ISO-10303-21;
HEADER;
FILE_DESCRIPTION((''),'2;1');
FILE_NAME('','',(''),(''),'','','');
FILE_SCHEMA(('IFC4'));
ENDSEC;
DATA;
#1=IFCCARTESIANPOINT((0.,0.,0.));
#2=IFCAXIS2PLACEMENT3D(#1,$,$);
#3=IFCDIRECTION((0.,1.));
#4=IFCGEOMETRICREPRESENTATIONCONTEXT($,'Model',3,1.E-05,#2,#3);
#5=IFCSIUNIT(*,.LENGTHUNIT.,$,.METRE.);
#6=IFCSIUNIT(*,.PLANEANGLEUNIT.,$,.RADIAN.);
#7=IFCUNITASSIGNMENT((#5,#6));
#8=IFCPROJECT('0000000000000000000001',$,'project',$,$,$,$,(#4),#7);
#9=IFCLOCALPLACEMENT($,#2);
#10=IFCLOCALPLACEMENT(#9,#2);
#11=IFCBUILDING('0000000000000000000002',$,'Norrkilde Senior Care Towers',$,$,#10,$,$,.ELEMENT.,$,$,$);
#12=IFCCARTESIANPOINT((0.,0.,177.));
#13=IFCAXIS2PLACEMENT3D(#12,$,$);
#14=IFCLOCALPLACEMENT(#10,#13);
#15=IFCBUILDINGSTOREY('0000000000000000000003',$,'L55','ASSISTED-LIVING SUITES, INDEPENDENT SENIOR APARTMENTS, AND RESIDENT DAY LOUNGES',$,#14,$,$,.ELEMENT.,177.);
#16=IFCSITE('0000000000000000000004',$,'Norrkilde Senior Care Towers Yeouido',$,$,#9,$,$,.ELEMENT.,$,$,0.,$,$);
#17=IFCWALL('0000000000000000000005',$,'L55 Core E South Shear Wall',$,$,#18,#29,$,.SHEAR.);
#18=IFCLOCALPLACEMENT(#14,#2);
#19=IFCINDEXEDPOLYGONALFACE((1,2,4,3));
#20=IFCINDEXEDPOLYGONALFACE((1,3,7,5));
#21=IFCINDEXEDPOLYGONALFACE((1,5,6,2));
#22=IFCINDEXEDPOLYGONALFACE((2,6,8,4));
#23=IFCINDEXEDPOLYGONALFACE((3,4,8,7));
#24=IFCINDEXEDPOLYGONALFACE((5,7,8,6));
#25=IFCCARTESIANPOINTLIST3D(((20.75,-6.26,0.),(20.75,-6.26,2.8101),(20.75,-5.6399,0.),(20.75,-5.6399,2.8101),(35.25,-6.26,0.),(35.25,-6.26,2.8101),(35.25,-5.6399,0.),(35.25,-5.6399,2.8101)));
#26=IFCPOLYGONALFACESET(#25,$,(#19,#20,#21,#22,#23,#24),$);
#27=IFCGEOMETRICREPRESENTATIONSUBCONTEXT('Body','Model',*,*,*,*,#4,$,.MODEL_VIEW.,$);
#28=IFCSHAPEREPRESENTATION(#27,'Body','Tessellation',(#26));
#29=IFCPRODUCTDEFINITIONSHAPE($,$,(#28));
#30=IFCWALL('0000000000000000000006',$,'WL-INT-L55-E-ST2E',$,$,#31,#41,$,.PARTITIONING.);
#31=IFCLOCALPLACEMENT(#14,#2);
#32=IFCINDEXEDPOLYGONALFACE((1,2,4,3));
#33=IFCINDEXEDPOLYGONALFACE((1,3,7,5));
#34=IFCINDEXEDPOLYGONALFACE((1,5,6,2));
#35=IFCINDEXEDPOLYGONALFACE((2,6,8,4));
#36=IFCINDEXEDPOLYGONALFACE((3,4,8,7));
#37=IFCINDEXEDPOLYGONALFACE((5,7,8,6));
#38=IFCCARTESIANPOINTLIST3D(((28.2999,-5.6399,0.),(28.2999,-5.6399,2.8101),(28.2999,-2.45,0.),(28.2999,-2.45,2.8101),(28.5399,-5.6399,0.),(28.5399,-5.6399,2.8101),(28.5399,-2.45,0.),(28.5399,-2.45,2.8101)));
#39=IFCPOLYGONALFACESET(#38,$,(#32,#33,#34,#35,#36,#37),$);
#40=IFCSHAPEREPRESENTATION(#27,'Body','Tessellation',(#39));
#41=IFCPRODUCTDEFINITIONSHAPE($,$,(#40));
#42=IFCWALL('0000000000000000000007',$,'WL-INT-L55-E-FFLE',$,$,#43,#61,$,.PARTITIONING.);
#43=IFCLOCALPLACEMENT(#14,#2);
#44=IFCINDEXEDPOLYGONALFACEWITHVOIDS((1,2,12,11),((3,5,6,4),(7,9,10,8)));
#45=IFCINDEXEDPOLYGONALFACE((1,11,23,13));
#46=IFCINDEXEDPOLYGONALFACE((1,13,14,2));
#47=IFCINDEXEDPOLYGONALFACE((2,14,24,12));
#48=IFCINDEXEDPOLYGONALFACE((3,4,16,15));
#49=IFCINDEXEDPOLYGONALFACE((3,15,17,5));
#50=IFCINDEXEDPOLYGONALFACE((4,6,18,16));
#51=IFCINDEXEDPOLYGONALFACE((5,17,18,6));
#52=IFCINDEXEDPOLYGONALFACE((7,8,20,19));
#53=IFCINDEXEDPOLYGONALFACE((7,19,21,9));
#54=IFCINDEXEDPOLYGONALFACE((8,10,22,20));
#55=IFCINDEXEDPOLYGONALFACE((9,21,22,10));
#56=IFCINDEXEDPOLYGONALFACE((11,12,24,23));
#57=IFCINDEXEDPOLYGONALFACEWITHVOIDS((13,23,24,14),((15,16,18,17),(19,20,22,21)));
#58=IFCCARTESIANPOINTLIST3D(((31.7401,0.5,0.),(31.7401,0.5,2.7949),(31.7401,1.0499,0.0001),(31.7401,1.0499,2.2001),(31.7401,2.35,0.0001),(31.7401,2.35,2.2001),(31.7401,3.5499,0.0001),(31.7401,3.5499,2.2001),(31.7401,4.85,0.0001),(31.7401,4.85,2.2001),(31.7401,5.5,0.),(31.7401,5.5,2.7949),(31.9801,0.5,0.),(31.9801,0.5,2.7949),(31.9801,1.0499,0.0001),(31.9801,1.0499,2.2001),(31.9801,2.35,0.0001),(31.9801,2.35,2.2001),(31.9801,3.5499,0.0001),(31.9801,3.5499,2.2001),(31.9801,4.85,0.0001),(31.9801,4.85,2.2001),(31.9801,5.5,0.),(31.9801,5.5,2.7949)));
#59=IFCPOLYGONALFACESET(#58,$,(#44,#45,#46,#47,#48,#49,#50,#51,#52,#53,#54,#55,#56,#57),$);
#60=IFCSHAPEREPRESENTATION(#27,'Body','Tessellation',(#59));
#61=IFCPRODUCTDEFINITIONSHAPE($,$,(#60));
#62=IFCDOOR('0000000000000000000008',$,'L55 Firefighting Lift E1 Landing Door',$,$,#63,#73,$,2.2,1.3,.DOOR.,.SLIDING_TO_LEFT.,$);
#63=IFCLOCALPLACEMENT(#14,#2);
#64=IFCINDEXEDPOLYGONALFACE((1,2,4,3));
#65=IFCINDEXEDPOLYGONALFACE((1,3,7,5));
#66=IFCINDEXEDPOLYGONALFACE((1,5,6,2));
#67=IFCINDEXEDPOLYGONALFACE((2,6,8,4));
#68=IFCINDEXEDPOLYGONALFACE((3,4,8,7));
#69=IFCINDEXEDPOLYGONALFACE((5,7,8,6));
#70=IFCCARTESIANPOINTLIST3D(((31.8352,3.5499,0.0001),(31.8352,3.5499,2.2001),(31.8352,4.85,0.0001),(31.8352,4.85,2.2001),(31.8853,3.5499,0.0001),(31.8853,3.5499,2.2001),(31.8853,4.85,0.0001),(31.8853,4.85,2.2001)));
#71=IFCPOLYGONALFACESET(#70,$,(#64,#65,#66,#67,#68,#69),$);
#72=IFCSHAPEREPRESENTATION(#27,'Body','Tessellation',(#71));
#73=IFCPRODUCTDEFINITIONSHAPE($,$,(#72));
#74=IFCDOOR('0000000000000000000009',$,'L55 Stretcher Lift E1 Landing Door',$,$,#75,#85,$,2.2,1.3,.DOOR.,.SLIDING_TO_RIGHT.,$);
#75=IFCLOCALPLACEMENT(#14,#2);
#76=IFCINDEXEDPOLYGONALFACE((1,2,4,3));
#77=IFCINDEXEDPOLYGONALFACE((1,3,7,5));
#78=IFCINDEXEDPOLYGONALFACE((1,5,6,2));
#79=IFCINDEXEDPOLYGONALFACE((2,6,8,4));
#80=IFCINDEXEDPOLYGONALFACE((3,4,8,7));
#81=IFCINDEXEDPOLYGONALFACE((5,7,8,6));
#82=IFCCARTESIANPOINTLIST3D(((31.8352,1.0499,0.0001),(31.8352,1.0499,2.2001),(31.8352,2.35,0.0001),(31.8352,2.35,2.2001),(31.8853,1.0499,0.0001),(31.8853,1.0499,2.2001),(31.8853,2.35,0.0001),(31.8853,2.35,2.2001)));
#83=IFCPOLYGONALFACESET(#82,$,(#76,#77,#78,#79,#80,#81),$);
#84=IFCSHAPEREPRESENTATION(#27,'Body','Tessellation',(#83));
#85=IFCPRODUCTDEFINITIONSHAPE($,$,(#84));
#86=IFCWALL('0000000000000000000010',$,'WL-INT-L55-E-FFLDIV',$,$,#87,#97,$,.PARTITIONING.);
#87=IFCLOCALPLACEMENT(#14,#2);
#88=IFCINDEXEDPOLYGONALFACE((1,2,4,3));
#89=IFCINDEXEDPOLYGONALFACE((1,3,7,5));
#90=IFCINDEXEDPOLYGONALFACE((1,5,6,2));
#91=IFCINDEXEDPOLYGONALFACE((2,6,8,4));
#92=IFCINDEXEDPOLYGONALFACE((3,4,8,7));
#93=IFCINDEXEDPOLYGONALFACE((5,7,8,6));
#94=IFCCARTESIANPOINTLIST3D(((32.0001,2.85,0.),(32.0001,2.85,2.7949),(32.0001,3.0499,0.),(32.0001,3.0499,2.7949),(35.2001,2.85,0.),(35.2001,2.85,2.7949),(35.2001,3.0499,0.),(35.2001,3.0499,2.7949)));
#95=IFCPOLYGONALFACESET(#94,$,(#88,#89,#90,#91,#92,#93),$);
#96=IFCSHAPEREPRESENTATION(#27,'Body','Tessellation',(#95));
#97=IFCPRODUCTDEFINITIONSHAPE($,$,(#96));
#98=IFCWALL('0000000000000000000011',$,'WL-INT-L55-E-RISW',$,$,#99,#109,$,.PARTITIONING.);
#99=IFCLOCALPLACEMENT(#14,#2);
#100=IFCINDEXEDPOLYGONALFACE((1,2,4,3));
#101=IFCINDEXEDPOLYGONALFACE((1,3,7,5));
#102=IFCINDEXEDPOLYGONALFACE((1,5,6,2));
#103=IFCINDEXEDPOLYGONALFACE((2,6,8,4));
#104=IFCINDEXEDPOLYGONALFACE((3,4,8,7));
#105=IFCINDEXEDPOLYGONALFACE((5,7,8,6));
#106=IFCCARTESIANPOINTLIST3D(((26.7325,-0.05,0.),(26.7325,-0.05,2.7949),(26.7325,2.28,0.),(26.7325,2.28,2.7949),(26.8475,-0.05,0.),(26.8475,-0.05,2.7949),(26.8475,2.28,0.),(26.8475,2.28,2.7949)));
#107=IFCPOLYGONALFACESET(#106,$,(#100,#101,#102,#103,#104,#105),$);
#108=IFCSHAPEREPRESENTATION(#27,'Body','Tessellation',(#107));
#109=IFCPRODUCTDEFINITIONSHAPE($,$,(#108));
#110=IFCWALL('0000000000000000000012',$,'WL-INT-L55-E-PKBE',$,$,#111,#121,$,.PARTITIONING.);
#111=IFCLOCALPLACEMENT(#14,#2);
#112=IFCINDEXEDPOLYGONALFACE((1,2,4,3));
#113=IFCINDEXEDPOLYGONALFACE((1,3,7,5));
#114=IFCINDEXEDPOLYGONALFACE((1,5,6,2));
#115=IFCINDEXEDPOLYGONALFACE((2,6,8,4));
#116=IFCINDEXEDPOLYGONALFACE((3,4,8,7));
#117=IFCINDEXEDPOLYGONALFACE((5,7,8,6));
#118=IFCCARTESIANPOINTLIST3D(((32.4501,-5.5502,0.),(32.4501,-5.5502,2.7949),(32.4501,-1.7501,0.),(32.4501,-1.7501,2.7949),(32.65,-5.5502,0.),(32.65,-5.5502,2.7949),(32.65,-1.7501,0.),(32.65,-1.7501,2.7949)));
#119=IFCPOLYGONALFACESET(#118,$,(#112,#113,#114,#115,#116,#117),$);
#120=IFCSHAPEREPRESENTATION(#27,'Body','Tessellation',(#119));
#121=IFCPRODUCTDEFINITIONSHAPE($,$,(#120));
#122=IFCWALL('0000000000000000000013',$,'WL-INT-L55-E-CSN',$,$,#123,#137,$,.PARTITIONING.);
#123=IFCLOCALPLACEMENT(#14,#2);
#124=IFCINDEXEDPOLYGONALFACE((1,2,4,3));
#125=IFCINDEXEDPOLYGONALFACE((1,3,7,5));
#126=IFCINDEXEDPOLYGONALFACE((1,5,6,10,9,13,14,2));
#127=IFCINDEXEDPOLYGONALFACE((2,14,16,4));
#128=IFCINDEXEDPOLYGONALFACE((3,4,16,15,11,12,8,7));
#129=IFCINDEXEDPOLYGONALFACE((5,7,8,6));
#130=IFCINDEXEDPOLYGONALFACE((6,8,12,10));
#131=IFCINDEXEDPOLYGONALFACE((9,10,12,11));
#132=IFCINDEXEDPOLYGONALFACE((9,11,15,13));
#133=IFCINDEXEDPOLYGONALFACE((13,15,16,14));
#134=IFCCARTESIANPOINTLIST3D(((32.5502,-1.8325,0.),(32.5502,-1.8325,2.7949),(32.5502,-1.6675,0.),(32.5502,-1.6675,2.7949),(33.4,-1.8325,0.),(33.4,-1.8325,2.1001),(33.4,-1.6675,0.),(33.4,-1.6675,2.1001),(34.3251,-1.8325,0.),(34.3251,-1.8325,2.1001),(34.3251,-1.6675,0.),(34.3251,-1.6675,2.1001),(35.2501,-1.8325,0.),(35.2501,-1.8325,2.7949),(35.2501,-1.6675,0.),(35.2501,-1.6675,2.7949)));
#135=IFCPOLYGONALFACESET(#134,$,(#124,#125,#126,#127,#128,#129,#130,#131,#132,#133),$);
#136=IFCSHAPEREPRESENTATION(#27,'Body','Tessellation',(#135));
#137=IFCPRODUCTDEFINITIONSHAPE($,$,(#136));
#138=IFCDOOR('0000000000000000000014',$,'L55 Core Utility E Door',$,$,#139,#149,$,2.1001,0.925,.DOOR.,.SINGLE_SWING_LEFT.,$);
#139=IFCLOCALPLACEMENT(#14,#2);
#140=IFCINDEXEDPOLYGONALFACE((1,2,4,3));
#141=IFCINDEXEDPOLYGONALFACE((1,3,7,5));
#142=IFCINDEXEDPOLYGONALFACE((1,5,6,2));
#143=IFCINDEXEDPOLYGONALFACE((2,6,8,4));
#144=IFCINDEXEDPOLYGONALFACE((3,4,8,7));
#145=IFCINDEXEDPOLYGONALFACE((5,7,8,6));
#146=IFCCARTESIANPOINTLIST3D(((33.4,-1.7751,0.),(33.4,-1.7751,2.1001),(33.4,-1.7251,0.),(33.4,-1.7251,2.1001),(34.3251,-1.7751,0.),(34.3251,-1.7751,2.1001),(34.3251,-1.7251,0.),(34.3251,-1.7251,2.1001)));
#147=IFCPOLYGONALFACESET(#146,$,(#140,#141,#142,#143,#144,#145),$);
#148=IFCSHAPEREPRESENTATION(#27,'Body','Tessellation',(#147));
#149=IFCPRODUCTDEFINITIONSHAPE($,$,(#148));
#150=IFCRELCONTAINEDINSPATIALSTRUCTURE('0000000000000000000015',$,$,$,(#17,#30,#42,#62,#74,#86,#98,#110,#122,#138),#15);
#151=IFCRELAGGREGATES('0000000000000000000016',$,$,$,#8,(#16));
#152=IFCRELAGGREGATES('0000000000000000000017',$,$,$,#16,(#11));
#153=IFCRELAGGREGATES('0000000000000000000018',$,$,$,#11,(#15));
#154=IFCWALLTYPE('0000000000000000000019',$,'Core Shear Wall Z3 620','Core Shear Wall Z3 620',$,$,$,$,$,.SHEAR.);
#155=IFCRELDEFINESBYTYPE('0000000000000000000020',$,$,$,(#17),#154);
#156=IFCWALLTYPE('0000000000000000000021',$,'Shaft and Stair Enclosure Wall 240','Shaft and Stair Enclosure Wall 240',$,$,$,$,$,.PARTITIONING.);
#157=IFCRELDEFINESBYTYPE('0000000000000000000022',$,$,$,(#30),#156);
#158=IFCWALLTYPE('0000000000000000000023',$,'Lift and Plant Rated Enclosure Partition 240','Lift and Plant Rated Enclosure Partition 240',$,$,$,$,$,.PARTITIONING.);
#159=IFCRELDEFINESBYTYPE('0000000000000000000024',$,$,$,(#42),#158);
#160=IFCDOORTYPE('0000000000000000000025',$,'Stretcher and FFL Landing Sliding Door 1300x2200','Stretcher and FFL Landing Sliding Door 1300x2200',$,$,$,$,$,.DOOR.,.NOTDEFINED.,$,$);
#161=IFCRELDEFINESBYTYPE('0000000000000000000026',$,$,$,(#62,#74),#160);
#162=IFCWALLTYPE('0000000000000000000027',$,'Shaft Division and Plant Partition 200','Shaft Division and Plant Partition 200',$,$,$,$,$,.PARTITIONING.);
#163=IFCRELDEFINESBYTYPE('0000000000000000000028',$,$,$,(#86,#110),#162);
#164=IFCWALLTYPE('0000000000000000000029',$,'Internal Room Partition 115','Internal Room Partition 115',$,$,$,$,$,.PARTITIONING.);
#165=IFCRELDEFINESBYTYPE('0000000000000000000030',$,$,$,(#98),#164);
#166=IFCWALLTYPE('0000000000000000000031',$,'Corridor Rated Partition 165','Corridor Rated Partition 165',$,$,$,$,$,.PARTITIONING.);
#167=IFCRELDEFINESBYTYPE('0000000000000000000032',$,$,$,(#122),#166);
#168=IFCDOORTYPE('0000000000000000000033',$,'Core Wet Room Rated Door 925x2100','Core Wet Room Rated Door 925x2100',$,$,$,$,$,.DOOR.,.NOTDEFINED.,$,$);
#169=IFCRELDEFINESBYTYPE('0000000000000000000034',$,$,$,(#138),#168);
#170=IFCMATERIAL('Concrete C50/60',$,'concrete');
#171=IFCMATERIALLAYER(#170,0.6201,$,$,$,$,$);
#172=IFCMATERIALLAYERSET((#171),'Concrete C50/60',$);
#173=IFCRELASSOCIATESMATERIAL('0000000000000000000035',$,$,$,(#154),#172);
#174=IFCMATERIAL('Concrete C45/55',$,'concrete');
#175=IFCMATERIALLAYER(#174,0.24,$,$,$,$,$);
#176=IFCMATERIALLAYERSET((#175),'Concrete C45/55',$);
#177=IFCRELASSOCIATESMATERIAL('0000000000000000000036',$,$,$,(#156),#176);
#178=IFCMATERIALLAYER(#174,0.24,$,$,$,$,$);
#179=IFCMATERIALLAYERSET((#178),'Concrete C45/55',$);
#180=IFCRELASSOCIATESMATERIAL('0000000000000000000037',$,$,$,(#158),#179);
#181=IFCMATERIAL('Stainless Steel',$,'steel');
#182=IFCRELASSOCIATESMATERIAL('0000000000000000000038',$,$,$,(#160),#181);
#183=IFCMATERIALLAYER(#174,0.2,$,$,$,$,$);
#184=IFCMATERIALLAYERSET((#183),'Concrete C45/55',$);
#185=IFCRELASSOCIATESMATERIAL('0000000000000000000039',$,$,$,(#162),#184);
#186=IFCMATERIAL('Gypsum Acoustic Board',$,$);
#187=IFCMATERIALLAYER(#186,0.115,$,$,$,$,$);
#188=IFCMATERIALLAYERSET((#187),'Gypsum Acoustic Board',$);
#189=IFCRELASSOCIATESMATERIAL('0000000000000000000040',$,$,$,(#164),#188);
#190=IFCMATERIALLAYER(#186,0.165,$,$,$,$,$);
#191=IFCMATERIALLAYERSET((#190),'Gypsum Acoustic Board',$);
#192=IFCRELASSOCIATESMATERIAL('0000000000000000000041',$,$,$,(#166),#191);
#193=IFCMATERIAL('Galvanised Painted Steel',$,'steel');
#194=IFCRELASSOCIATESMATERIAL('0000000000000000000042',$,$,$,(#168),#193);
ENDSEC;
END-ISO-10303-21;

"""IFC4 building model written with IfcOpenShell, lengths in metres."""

from ifc_helpers import new_model, si_unit, direction, frame, frame_2d, origin, place, context, subcontext, project, spatial, rectangle, extrude, source, transform, mapped, material, layer, layer_set, type_object, type_shapes, element, fill, save


model = new_model("IFC4")

# Units and contexts
model_context = context("Model", 3, precision=1e-05, world=origin(), true_north=direction((0.0, 1.0)))
body_context = subcontext(model_context, "Body", "Model", "MODEL_VIEW")
ifc_project = project(units=[si_unit("LENGTHUNIT", "METRE"), si_unit("PLANEANGLEUNIT", "RADIAN")], contexts=[model_context])

# Site, building, storey
site_placement = place(None, origin())
site = spatial("IfcSite", under=ifc_project, at=site_placement, Name="Norrkilde Senior Care Towers Yeouido", CompositionType="ELEMENT", RefElevation=0.0)
building_placement = place(site_placement, origin())
building = spatial("IfcBuilding", under=site, at=building_placement, Name="Norrkilde Senior Care Towers", CompositionType="ELEMENT")
storey_placement = place(building_placement, frame((0.0, 0.0, 177.0)))
storey = spatial("IfcBuildingStorey", under=building, at=storey_placement, Name="L55", Description="ASSISTED-LIVING SUITES, INDEPENDENT SENIOR APARTMENTS, AND RESIDENT DAY LOUNGES", CompositionType="ELEMENT", Elevation=177.0)

# Shared definitions
ifc_material_1 = material(Name="Concrete C50/60", Category="concrete")

# Wall
ifc_layer_1 = layer(ifc_material_1, 0.6201)
ifc_layer_set_1 = layer_set([ifc_layer_1], Name="Concrete C50/60")
wall_type_1 = type_object("IfcWallType", Name="Core Shear Wall Z3 620", Description="Core Shear Wall Z3 620", PredefinedType="SHEAR", material=ifc_layer_set_1)
shared_shape_1 = source(origin(), body_context, "Body", "SweptSolid", [
    extrude(rectangle(XDim=14.5, YDim=0.6201, at=frame_2d((7.25, 0.0))), origin(), (0.0, 0.0, 1.0), 2.8101),
])
type_shapes(wall_type_1, [shared_shape_1])
wall_1_placement = place(storey_placement, frame((35.25, -5.95, 0.0), z_axis=(0.0, 0.0, 1.0), x_axis=(-1.0, 0.0, 0.0)))
element("IfcWall", 1, at=wall_1_placement, inside=storey, type_object=wall_type_1, Name="L55 Core E South Shear Wall", PredefinedType="SHEAR", context=body_context, shape_type="MappedRepresentation", body=[
    mapped(shared_shape_1, transform((0.0, 0.0, 0.0), x_axis=(1.0, 0.0, 0.0), y_axis=(0.0, 1.0, 0.0), z_axis=(0.0, 0.0, 1.0), scale=1.0)),
])

# Shared definitions
ifc_material_2 = material(Name="Concrete C45/55", Category="concrete")
ifc_layer_2 = layer(ifc_material_2, 0.24)
ifc_layer_set_2 = layer_set([ifc_layer_2], Name="Concrete C45/55")
wall_type_2 = type_object("IfcWallType", Name="Shaft and Stair Enclosure Wall 240", Description="Shaft and Stair Enclosure Wall 240", PredefinedType="PARTITIONING", material=ifc_layer_set_2)
shared_shape_2 = source(origin(), body_context, "Body", "SweptSolid", [
    extrude(rectangle(XDim=3.1899, YDim=0.24, at=frame_2d((1.595, 0.0))), origin(), (0.0, 0.0, 1.0), 2.8101),
])
type_shapes(wall_type_2, [shared_shape_2])
ifc_material_3 = material(Name="Galvanised Painted Steel", Category="steel")

# Wall
wall_2_placement = place(storey_placement, frame((28.4199, -5.6399, 0.0), z_axis=(0.0, 0.0, 1.0), x_axis=(0.0, 1.0, 0.0)))
element("IfcWall", 2, at=wall_2_placement, inside=storey, type_object=wall_type_2, Name="WL-INT-L55-E-ST2E", PredefinedType="PARTITIONING", context=body_context, shape_type="MappedRepresentation", body=[
    mapped(shared_shape_2, transform((0.0, 0.0, 0.0), x_axis=(1.0, 0.0, 0.0), y_axis=(0.0, 1.0, 0.0), z_axis=(0.0, 0.0, 1.0), scale=1.0)),
])

# Wall, openings, doors
ifc_layer_3 = layer(ifc_material_2, 0.24)
ifc_layer_set_3 = layer_set([ifc_layer_3], Name="Concrete C45/55")
wall_type_3 = type_object("IfcWallType", Name="Lift and Plant Rated Enclosure Partition 240", Description="Lift and Plant Rated Enclosure Partition 240", PredefinedType="PARTITIONING", material=ifc_layer_set_3)
shared_shape_3 = source(origin(), body_context, "Body", "SweptSolid", [
    extrude(rectangle(XDim=5.0, YDim=0.24, at=frame_2d((2.5, 0.0))), origin(), (0.0, 0.0, 1.0), 2.7949),
])
wall_3_placement = place(storey_placement, frame((31.8601, 0.5, 0.0), z_axis=(0.0, 0.0, 1.0), x_axis=(0.0, 1.0, 0.0)))
wall_3 = element("IfcWall", 3, at=wall_3_placement, inside=storey, type_object=wall_type_3, Name="WL-INT-L55-E-FFLE", PredefinedType="PARTITIONING", context=body_context, shape_type="MappedRepresentation", body=[
    mapped(shared_shape_3, transform((0.0, 0.0, 0.0), x_axis=(1.0, 0.0, 0.0), y_axis=(0.0, 1.0, 0.0), z_axis=(0.0, 0.0, 1.0), scale=1.0)),
])
opening_1_placement = place(wall_3_placement, frame((3.05, 0.0, 0.0)))
opening_1 = element("IfcOpeningElement", 4, at=opening_1_placement, cuts=wall_3, PredefinedType="OPENING", context=body_context, shape_type="SweptSolid", body=[
    extrude(rectangle(XDim=1.3, YDim=2.2, at=frame_2d((0.6499, 1.1001))), frame((0.0, 0.1299, 0.0), z_axis=(0.0, -1.0, 0.0), x_axis=(1.0, 0.0, 0.0)), (0.0, 0.0, 1.0), 0.26),
])
opening_2_placement = place(wall_3_placement, frame((0.55, 0.0, 0.0)))
opening_2 = element("IfcOpeningElement", 5, at=opening_2_placement, cuts=wall_3, PredefinedType="OPENING", context=body_context, shape_type="SweptSolid", body=[
    extrude(rectangle(XDim=1.3, YDim=2.2, at=frame_2d((0.6499, 1.1001))), frame((0.0, 0.1299, 0.0), z_axis=(0.0, -1.0, 0.0), x_axis=(1.0, 0.0, 0.0)), (0.0, 0.0, 1.0), 0.26),
])
ifc_material_4 = material(Name="Stainless Steel", Category="steel")
door_type_1 = type_object("IfcDoorType", Name="Stretcher and FFL Landing Sliding Door 1300x2200", Description="Stretcher and FFL Landing Sliding Door 1300x2200", OperationType="NOTDEFINED", PredefinedType="DOOR", material=ifc_material_4)
shared_shape_4 = source(origin(), body_context, "Body", "SweptSolid", [
    extrude(rectangle(XDim=1.3, YDim=2.2, at=frame_2d((0.6499, 1.1001))), frame((0.0, 0.0249, 0.0), z_axis=(0.0, -1.0, 0.0), x_axis=(1.0, 0.0, 0.0)), (0.0, 0.0, 1.0), 0.05),
])
type_shapes(door_type_1, [shared_shape_4])
door_1_placement = place(opening_1_placement, origin())
door_1 = element("IfcDoor", 6, at=door_1_placement, inside=storey, type_object=door_type_1, Name="L55 Firefighting Lift E1 Landing Door", OperationType="SLIDING_TO_LEFT", OverallHeight=2.2, OverallWidth=1.3, PredefinedType="DOOR", context=body_context, shape_type="MappedRepresentation", body=[
    mapped(shared_shape_4, transform((0.0, 0.0, 0.0), x_axis=(1.0, 0.0, 0.0), y_axis=(0.0, 1.0, 0.0), z_axis=(0.0, 0.0, 1.0), scale=1.0)),
])
fill(opening_1, door_1)
door_2_placement = place(opening_2_placement, origin())
door_2 = element("IfcDoor", 7, at=door_2_placement, inside=storey, type_object=door_type_1, Name="L55 Stretcher Lift E1 Landing Door", OperationType="SLIDING_TO_RIGHT", OverallHeight=2.2, OverallWidth=1.3, PredefinedType="DOOR", context=body_context, shape_type="MappedRepresentation", body=[
    mapped(shared_shape_4, transform((0.0, 0.0, 0.0), x_axis=(1.0, 0.0, 0.0), y_axis=(0.0, 1.0, 0.0), z_axis=(0.0, 0.0, 1.0), scale=1.0)),
])
fill(opening_2, door_2)

# Wall
ifc_layer_4 = layer(ifc_material_2, 0.2)
ifc_layer_set_4 = layer_set([ifc_layer_4], Name="Concrete C45/55")
wall_type_4 = type_object("IfcWallType", Name="Shaft Division and Plant Partition 200", Description="Shaft Division and Plant Partition 200", PredefinedType="PARTITIONING", material=ifc_layer_set_4)
shared_shape_5 = source(origin(), body_context, "Body", "SweptSolid", [
    extrude(rectangle(XDim=3.2, YDim=0.2, at=frame_2d((1.6001, 0.0))), origin(), (0.0, 0.0, 1.0), 2.7949),
])
wall_4_placement = place(storey_placement, frame((32.0, 2.95, 0.0), z_axis=(0.0, 0.0, 1.0), x_axis=(1.0, 0.0, 0.0)))
element("IfcWall", 8, at=wall_4_placement, inside=storey, type_object=wall_type_4, Name="WL-INT-L55-E-FFLDIV", PredefinedType="PARTITIONING", context=body_context, shape_type="MappedRepresentation", body=[
    mapped(shared_shape_5, transform((0.0, 0.0, 0.0), x_axis=(1.0, 0.0, 0.0), y_axis=(0.0, 1.0, 0.0), z_axis=(0.0, 0.0, 1.0), scale=1.0)),
])

# Walls
ifc_material_5 = material(Name="Gypsum Acoustic Board")
ifc_layer_5 = layer(ifc_material_5, 0.115)
ifc_layer_set_5 = layer_set([ifc_layer_5], Name="Gypsum Acoustic Board")
wall_type_5 = type_object("IfcWallType", Name="Internal Room Partition 115", Description="Internal Room Partition 115", PredefinedType="PARTITIONING", material=ifc_layer_set_5)
shared_shape_6 = source(origin(), body_context, "Body", "SweptSolid", [
    extrude(rectangle(XDim=2.3301, YDim=0.115, at=frame_2d((1.165, 0.0))), origin(), (0.0, 0.0, 1.0), 2.7949),
])
type_shapes(wall_type_5, [shared_shape_6])
wall_5_placement = place(storey_placement, frame((26.79, -0.05, 0.0), z_axis=(0.0, 0.0, 1.0), x_axis=(0.0, 1.0, 0.0)))
element("IfcWall", 9, at=wall_5_placement, inside=storey, type_object=wall_type_5, Name="WL-INT-L55-E-RISW", PredefinedType="PARTITIONING", context=body_context, shape_type="MappedRepresentation", body=[
    mapped(shared_shape_6, transform((0.0, 0.0, 0.0), x_axis=(1.0, 0.0, 0.0), y_axis=(0.0, 1.0, 0.0), z_axis=(0.0, 0.0, 1.0), scale=1.0)),
])
shared_shape_7 = source(origin(), body_context, "Body", "SweptSolid", [
    extrude(rectangle(XDim=3.8, YDim=0.2, at=frame_2d((1.8999, 0.0))), origin(), (0.0, 0.0, 1.0), 2.7949),
])
type_shapes(wall_type_4, [shared_shape_5, shared_shape_7])
wall_6_placement = place(storey_placement, frame((32.55, -5.55, 0.0), z_axis=(0.0, 0.0, 1.0), x_axis=(0.0, 1.0, 0.0)))
element("IfcWall", 10, at=wall_6_placement, inside=storey, type_object=wall_type_4, Name="WL-INT-L55-E-PKBE", PredefinedType="PARTITIONING", context=body_context, shape_type="MappedRepresentation", body=[
    mapped(shared_shape_7, transform((0.0, 0.0, 0.0), x_axis=(1.0, 0.0, 0.0), y_axis=(0.0, 1.0, 0.0), z_axis=(0.0, 0.0, 1.0), scale=1.0)),
])

# Wall, opening, door
ifc_layer_6 = layer(ifc_material_5, 0.165)
ifc_layer_set_6 = layer_set([ifc_layer_6], Name="Gypsum Acoustic Board")
wall_type_6 = type_object("IfcWallType", Name="Corridor Rated Partition 165", Description="Corridor Rated Partition 165", PredefinedType="PARTITIONING", material=ifc_layer_set_6)
shared_shape_8 = source(origin(), body_context, "Body", "SweptSolid", [
    extrude(rectangle(XDim=2.7, YDim=0.165, at=frame_2d((1.3501, 0.0))), origin(), (0.0, 0.0, 1.0), 2.7949),
])
wall_7_placement = place(storey_placement, frame((32.55, -1.75, 0.0), z_axis=(0.0, 0.0, 1.0), x_axis=(1.0, 0.0, 0.0)))
wall_7 = element("IfcWall", 11, at=wall_7_placement, inside=storey, type_object=wall_type_6, Name="WL-INT-L55-E-CSN", PredefinedType="PARTITIONING", context=body_context, shape_type="MappedRepresentation", body=[
    mapped(shared_shape_8, transform((0.0, 0.0, 0.0), x_axis=(1.0, 0.0, 0.0), y_axis=(0.0, 1.0, 0.0), z_axis=(0.0, 0.0, 1.0), scale=1.0)),
])
opening_3_placement = place(wall_7_placement, frame((0.8501, 0.0, 0.0)))
opening_3 = element("IfcOpeningElement", 12, at=opening_3_placement, cuts=wall_7, PredefinedType="OPENING", context=body_context, shape_type="SweptSolid", body=[
    extrude(rectangle(XDim=0.925, YDim=2.1001, at=frame_2d((0.4624, 1.05))), frame((0.0, 0.0925, 0.0), z_axis=(0.0, -1.0, 0.0), x_axis=(1.0, 0.0, 0.0)), (0.0, 0.0, 1.0), 0.1851),
])
door_type_2 = type_object("IfcDoorType", Name="Core Wet Room Rated Door 925x2100", Description="Core Wet Room Rated Door 925x2100", OperationType="NOTDEFINED", PredefinedType="DOOR", material=ifc_material_3)
shared_shape_9 = source(origin(), body_context, "Body", "SweptSolid", [
    extrude(rectangle(XDim=0.925, YDim=2.1001, at=frame_2d((0.4624, 1.05))), frame((0.0, 0.0249, 0.0), z_axis=(0.0, -1.0, 0.0), x_axis=(1.0, 0.0, 0.0)), (0.0, 0.0, 1.0), 0.05),
])
type_shapes(door_type_2, [shared_shape_9])
door_3_placement = place(opening_3_placement, origin())
door_3 = element("IfcDoor", 13, at=door_3_placement, inside=storey, type_object=door_type_2, Name="L55 Core Utility E Door", OperationType="SINGLE_SWING_LEFT", OverallHeight=2.1001, OverallWidth=0.925, PredefinedType="DOOR", context=body_context, shape_type="MappedRepresentation", body=[
    mapped(shared_shape_9, transform((0.0, 0.0, 0.0), x_axis=(1.0, 0.0, 0.0), y_axis=(0.0, 1.0, 0.0), z_axis=(0.0, 0.0, 1.0), scale=1.0)),
])
fill(opening_3, door_3)

save(model, "model.ifc")
